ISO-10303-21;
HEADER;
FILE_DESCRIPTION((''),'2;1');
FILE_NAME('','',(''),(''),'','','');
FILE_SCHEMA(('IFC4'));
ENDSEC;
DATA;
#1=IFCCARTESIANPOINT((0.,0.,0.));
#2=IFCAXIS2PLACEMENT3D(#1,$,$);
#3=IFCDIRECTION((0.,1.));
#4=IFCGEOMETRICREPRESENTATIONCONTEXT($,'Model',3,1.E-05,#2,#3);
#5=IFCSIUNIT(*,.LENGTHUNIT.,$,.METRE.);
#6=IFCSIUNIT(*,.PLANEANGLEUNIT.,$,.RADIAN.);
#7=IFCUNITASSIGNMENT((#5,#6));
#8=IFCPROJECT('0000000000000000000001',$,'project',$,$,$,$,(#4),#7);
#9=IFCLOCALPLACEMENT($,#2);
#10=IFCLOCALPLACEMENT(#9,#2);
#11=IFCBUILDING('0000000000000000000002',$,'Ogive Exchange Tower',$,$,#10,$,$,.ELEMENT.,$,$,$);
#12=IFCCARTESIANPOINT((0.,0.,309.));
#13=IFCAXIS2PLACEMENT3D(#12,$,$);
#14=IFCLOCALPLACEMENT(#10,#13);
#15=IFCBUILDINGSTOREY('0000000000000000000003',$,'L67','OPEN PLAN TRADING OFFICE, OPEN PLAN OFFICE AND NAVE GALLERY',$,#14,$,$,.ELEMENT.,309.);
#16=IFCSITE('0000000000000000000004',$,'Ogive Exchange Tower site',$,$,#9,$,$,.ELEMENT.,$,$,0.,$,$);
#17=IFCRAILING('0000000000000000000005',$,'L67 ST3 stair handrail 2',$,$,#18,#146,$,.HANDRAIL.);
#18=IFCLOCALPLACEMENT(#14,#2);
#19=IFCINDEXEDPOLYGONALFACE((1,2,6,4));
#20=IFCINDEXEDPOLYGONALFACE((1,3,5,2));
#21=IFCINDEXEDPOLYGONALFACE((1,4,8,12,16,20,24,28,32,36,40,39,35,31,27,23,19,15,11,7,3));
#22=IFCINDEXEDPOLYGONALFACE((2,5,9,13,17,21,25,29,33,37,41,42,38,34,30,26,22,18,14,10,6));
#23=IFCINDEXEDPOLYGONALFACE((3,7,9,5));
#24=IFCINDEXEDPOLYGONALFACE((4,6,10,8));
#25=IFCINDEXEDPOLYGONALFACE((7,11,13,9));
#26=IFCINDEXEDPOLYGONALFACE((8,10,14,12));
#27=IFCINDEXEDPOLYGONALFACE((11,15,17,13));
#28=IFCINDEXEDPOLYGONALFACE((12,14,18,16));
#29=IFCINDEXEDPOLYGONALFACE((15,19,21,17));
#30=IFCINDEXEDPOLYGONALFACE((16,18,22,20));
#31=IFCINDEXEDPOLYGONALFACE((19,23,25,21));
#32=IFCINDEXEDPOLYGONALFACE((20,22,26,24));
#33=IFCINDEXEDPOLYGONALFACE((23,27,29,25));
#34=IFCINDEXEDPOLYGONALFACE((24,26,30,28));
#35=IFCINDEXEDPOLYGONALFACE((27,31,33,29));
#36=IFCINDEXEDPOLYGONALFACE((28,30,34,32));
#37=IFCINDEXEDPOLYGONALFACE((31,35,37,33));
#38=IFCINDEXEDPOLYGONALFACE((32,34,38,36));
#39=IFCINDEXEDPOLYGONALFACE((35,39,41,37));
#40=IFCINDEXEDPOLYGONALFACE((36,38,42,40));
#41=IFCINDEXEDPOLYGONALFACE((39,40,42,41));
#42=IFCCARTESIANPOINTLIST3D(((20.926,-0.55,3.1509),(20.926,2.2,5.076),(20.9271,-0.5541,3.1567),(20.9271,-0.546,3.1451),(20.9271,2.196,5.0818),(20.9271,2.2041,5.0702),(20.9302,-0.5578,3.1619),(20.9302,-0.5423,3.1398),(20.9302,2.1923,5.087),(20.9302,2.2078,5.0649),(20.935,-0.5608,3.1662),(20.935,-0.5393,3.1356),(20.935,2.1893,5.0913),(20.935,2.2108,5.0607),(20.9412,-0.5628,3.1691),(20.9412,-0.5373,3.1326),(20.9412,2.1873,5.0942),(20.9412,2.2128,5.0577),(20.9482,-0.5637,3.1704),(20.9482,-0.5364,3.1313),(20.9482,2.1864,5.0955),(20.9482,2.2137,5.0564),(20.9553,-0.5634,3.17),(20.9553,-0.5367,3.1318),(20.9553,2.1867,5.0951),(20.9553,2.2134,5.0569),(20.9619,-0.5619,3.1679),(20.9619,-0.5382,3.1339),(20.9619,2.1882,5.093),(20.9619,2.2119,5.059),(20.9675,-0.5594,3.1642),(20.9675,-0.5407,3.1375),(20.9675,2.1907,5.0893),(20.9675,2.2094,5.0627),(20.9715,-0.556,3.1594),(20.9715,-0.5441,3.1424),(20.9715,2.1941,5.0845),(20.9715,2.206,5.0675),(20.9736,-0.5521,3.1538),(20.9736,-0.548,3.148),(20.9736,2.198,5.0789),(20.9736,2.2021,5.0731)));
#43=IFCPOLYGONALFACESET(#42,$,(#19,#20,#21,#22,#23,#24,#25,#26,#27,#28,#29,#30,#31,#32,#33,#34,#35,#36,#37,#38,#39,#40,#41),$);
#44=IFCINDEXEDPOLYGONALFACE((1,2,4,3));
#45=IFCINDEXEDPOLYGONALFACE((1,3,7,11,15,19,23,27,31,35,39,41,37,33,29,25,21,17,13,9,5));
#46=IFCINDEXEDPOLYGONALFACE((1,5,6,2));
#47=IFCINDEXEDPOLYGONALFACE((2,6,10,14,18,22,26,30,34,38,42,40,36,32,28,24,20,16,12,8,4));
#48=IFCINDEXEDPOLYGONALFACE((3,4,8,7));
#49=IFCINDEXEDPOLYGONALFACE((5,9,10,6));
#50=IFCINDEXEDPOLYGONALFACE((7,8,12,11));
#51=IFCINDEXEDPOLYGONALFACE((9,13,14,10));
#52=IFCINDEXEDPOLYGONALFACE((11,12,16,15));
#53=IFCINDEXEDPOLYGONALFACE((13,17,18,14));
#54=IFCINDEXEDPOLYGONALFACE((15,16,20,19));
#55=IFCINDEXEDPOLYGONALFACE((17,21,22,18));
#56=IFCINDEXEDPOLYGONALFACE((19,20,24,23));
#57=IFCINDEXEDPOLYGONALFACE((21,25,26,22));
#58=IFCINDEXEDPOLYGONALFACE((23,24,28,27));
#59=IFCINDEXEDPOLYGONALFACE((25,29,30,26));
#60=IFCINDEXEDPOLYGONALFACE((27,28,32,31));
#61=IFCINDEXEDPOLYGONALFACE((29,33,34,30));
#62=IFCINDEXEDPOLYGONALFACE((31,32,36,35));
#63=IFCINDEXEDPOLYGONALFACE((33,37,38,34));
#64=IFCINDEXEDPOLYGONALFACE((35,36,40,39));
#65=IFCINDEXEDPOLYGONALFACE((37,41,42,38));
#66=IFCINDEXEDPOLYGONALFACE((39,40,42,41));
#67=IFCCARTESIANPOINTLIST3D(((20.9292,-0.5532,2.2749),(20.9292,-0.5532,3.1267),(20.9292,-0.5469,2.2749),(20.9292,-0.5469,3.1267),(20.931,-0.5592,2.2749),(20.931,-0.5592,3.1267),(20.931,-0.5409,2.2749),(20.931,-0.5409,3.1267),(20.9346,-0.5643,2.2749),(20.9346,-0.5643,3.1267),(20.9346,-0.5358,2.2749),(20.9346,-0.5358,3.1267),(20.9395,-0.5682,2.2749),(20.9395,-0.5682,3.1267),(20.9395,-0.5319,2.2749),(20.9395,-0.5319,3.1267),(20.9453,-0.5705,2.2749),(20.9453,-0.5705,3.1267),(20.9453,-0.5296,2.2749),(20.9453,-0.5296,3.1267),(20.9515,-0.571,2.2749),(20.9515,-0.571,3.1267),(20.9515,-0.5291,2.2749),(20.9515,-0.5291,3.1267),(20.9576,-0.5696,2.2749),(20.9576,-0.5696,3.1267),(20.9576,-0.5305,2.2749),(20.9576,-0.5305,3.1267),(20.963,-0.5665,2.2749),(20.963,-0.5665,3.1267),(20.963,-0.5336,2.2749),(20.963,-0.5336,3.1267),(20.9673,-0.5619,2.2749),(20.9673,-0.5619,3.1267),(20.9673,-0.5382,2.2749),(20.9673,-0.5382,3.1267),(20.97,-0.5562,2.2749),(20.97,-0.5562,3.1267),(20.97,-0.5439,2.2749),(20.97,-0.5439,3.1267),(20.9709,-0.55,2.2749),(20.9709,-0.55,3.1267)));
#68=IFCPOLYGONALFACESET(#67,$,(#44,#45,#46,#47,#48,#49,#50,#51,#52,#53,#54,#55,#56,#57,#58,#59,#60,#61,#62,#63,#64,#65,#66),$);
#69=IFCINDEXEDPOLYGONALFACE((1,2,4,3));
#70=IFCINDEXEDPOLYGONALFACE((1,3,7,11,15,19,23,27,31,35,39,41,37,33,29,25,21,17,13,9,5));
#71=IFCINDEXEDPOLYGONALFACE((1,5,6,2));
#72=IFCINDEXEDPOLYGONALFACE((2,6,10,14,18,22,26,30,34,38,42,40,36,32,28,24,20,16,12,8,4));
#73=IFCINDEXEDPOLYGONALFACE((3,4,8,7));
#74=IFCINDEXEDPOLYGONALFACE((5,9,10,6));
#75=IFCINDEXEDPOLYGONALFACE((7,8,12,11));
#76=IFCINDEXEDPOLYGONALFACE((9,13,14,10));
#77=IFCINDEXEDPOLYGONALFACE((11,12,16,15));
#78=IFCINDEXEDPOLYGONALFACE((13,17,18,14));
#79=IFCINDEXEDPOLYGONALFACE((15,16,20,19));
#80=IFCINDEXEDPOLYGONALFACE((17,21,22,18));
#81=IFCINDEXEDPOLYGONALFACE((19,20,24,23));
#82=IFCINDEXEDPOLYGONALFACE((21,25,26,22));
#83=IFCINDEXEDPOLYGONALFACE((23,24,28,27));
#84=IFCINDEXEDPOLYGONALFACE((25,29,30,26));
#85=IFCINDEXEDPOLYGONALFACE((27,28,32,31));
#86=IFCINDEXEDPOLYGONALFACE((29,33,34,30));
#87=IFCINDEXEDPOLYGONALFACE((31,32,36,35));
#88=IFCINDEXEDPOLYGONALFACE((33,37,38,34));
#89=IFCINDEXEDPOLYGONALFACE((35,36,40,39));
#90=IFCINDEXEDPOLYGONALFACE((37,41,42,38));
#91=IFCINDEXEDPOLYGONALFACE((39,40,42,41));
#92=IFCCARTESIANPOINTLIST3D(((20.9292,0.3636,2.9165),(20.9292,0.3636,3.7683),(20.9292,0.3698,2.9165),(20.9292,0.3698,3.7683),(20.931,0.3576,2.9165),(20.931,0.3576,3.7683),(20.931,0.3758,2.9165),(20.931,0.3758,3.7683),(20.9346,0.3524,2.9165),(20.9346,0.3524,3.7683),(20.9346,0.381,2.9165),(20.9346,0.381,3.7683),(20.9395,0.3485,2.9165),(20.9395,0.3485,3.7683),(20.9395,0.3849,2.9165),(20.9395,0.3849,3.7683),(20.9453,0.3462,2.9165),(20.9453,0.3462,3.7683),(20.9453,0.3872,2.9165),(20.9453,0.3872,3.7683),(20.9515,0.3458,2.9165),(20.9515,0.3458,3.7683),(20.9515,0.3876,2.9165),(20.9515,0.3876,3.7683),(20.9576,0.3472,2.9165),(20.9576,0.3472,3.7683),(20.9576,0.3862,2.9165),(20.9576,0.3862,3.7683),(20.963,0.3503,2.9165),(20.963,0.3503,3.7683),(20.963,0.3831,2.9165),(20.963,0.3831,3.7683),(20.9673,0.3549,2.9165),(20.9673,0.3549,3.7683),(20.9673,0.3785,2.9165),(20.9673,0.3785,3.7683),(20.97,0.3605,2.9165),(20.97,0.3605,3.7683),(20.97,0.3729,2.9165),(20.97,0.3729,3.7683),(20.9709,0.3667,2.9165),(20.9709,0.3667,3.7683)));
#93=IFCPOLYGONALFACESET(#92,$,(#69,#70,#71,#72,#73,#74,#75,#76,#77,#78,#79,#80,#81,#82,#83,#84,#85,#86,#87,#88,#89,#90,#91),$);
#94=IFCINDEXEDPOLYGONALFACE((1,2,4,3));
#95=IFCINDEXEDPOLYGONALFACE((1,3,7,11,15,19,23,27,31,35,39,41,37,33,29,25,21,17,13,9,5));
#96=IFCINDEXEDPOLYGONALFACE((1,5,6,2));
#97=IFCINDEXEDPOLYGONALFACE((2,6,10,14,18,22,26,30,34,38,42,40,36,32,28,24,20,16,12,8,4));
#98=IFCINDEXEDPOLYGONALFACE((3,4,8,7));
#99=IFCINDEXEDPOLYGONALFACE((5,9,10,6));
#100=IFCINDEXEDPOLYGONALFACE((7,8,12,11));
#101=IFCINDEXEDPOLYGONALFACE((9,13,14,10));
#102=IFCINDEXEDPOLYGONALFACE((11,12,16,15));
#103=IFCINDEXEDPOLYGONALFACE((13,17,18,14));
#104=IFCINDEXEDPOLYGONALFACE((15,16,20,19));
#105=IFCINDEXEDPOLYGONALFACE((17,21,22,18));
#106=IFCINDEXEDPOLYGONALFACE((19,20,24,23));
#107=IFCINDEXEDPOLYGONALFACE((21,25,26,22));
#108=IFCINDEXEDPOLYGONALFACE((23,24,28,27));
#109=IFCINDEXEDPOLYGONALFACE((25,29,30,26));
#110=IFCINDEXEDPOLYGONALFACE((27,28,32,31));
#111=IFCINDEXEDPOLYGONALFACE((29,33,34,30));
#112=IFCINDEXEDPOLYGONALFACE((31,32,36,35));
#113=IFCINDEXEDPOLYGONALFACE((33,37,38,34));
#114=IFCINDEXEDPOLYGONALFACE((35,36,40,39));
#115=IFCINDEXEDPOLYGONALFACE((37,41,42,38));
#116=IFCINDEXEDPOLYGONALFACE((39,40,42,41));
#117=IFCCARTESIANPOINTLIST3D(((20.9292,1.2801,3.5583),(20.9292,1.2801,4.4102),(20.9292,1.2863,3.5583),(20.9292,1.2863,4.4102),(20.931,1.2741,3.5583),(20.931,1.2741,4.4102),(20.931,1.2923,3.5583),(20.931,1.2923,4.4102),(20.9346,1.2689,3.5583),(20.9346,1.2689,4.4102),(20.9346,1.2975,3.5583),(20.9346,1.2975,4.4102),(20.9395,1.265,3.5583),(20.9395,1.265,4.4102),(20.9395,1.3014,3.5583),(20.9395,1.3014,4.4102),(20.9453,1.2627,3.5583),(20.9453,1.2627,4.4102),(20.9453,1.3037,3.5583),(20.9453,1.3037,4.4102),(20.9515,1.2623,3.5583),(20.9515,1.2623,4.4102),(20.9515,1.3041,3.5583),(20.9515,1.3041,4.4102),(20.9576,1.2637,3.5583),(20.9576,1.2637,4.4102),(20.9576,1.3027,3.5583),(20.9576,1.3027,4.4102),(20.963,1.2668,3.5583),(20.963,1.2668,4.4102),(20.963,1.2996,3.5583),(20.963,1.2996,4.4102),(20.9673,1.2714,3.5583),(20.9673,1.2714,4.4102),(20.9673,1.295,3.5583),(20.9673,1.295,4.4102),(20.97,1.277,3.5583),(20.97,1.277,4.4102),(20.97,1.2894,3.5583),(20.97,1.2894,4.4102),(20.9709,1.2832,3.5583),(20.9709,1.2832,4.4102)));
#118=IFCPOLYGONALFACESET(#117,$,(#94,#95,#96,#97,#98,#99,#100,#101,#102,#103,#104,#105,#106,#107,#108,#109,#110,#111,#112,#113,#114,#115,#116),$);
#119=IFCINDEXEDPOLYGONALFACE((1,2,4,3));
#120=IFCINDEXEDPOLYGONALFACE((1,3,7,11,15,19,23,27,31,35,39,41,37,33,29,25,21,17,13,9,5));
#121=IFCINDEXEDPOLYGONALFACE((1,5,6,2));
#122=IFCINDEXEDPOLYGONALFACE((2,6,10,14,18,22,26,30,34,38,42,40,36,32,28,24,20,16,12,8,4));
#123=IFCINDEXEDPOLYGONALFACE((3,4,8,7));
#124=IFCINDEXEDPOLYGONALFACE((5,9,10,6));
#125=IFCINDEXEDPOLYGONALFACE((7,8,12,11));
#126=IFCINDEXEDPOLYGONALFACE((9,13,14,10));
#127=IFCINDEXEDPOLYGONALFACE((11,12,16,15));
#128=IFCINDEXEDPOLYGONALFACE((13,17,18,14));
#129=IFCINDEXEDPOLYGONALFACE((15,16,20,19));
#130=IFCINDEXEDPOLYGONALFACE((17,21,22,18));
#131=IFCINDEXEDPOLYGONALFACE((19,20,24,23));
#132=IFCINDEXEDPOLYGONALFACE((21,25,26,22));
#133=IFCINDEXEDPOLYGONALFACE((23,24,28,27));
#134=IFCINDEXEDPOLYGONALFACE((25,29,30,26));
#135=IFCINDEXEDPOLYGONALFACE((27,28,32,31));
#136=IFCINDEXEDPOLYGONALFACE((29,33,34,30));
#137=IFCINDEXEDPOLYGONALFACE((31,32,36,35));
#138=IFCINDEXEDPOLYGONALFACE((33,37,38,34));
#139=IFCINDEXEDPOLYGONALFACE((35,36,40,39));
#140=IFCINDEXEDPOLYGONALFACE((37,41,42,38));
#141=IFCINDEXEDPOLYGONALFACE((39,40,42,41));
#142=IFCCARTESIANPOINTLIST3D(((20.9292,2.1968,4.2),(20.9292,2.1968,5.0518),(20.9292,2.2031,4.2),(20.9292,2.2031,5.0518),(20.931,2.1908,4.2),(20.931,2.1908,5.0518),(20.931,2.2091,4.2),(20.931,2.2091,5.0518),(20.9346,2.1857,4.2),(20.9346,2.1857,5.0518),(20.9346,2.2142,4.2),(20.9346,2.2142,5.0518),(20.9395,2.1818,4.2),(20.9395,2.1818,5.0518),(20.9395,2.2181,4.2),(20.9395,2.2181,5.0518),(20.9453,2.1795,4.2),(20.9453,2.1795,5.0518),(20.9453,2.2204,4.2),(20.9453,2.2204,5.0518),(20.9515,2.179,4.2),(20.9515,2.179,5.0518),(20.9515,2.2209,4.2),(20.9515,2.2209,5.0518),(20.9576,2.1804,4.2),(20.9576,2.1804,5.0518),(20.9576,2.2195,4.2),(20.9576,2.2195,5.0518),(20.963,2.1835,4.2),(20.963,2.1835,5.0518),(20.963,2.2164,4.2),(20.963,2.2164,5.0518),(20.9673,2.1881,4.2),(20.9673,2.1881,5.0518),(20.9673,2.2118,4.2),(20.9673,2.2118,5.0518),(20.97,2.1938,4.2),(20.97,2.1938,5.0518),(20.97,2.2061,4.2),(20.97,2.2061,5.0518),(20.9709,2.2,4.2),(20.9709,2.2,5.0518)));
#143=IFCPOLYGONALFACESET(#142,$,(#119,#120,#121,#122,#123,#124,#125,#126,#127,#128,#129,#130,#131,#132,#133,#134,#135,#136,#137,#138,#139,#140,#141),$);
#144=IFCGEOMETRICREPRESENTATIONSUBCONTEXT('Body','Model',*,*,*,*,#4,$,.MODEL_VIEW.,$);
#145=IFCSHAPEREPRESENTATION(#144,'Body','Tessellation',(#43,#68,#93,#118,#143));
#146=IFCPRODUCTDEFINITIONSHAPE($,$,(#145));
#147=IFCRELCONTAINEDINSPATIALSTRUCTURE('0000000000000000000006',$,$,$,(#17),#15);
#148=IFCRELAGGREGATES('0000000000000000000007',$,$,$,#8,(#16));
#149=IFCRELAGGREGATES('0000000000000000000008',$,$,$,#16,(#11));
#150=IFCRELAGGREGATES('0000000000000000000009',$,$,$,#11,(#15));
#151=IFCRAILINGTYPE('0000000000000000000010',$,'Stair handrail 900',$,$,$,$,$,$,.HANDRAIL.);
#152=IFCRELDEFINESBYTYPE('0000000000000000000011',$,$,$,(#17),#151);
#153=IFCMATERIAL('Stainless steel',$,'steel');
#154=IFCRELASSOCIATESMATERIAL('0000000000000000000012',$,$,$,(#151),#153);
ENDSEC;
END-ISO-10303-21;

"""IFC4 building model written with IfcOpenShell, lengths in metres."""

from ifc_helpers import new_model, si_unit, direction, frame, origin, origin_2d, place, context, subcontext, project, spatial, circle, extrude, material, type_object, element, save


model = new_model("IFC4")

# Units and contexts
model_context = context("Model", 3, precision=1e-05, world=origin(), true_north=direction((0.0, 1.0)))
body_context = subcontext(model_context, "Body", "Model", "MODEL_VIEW")
ifc_project = project(units=[si_unit("LENGTHUNIT", "METRE"), si_unit("PLANEANGLEUNIT", "RADIAN")], contexts=[model_context])

# Site, building, storey
site_placement = place(None, origin())
site = spatial("IfcSite", under=ifc_project, at=site_placement, Name="Ogive Exchange Tower site", CompositionType="ELEMENT", RefElevation=0.0)
building_placement = place(site_placement, origin())
building = spatial("IfcBuilding", under=site, at=building_placement, Name="Ogive Exchange Tower", CompositionType="ELEMENT")
storey_placement = place(building_placement, frame((0.0, 0.0, 309.0)))
storey = spatial("IfcBuildingStorey", under=building, at=storey_placement, Name="L67", Description="OPEN PLAN TRADING OFFICE, OPEN PLAN OFFICE AND NAVE GALLERY", CompositionType="ELEMENT", Elevation=309.0)

# Shared definitions
ifc_material_1 = material(Name="Stainless steel", Category="steel")

# Railing
railing_type = type_object("IfcRailingType", Name="Stair handrail 900", PredefinedType="HANDRAIL", material=ifc_material_1)
railing_placement = place(storey_placement, frame((20.95, -0.55, 2.2749)))
element("IfcRailing", 1, at=railing_placement, inside=storey, type_object=railing_type, Name="L67 ST3 stair handrail 2", PredefinedType="HANDRAIL", context=body_context, shape_type="SweptSolid", body=[
    extrude(circle(Radius=0.0239, at=origin_2d()), frame((0.0, 0.0, 0.876), z_axis=(0.0, 0.819225, 0.573472), x_axis=(-1.0, 0.0, 0.0)), (0.0, 0.0, 1.0), 3.3569),
    extrude(circle(Radius=0.021, at=origin_2d()), origin(), (0.0, 0.0, 1.0), 0.8518),
    extrude(circle(Radius=0.021, at=origin_2d()), frame((0.0, 0.9167, 0.6416)), (0.0, 0.0, 1.0), 0.8518),
    extrude(circle(Radius=0.021, at=origin_2d()), frame((0.0, 1.8333, 1.2834)), (0.0, 0.0, 1.0), 0.8518),
    extrude(circle(Radius=0.021, at=origin_2d()), frame((0.0, 2.75, 1.925)), (0.0, 0.0, 1.0), 0.8518),
])

save(model, "model.ifc")
